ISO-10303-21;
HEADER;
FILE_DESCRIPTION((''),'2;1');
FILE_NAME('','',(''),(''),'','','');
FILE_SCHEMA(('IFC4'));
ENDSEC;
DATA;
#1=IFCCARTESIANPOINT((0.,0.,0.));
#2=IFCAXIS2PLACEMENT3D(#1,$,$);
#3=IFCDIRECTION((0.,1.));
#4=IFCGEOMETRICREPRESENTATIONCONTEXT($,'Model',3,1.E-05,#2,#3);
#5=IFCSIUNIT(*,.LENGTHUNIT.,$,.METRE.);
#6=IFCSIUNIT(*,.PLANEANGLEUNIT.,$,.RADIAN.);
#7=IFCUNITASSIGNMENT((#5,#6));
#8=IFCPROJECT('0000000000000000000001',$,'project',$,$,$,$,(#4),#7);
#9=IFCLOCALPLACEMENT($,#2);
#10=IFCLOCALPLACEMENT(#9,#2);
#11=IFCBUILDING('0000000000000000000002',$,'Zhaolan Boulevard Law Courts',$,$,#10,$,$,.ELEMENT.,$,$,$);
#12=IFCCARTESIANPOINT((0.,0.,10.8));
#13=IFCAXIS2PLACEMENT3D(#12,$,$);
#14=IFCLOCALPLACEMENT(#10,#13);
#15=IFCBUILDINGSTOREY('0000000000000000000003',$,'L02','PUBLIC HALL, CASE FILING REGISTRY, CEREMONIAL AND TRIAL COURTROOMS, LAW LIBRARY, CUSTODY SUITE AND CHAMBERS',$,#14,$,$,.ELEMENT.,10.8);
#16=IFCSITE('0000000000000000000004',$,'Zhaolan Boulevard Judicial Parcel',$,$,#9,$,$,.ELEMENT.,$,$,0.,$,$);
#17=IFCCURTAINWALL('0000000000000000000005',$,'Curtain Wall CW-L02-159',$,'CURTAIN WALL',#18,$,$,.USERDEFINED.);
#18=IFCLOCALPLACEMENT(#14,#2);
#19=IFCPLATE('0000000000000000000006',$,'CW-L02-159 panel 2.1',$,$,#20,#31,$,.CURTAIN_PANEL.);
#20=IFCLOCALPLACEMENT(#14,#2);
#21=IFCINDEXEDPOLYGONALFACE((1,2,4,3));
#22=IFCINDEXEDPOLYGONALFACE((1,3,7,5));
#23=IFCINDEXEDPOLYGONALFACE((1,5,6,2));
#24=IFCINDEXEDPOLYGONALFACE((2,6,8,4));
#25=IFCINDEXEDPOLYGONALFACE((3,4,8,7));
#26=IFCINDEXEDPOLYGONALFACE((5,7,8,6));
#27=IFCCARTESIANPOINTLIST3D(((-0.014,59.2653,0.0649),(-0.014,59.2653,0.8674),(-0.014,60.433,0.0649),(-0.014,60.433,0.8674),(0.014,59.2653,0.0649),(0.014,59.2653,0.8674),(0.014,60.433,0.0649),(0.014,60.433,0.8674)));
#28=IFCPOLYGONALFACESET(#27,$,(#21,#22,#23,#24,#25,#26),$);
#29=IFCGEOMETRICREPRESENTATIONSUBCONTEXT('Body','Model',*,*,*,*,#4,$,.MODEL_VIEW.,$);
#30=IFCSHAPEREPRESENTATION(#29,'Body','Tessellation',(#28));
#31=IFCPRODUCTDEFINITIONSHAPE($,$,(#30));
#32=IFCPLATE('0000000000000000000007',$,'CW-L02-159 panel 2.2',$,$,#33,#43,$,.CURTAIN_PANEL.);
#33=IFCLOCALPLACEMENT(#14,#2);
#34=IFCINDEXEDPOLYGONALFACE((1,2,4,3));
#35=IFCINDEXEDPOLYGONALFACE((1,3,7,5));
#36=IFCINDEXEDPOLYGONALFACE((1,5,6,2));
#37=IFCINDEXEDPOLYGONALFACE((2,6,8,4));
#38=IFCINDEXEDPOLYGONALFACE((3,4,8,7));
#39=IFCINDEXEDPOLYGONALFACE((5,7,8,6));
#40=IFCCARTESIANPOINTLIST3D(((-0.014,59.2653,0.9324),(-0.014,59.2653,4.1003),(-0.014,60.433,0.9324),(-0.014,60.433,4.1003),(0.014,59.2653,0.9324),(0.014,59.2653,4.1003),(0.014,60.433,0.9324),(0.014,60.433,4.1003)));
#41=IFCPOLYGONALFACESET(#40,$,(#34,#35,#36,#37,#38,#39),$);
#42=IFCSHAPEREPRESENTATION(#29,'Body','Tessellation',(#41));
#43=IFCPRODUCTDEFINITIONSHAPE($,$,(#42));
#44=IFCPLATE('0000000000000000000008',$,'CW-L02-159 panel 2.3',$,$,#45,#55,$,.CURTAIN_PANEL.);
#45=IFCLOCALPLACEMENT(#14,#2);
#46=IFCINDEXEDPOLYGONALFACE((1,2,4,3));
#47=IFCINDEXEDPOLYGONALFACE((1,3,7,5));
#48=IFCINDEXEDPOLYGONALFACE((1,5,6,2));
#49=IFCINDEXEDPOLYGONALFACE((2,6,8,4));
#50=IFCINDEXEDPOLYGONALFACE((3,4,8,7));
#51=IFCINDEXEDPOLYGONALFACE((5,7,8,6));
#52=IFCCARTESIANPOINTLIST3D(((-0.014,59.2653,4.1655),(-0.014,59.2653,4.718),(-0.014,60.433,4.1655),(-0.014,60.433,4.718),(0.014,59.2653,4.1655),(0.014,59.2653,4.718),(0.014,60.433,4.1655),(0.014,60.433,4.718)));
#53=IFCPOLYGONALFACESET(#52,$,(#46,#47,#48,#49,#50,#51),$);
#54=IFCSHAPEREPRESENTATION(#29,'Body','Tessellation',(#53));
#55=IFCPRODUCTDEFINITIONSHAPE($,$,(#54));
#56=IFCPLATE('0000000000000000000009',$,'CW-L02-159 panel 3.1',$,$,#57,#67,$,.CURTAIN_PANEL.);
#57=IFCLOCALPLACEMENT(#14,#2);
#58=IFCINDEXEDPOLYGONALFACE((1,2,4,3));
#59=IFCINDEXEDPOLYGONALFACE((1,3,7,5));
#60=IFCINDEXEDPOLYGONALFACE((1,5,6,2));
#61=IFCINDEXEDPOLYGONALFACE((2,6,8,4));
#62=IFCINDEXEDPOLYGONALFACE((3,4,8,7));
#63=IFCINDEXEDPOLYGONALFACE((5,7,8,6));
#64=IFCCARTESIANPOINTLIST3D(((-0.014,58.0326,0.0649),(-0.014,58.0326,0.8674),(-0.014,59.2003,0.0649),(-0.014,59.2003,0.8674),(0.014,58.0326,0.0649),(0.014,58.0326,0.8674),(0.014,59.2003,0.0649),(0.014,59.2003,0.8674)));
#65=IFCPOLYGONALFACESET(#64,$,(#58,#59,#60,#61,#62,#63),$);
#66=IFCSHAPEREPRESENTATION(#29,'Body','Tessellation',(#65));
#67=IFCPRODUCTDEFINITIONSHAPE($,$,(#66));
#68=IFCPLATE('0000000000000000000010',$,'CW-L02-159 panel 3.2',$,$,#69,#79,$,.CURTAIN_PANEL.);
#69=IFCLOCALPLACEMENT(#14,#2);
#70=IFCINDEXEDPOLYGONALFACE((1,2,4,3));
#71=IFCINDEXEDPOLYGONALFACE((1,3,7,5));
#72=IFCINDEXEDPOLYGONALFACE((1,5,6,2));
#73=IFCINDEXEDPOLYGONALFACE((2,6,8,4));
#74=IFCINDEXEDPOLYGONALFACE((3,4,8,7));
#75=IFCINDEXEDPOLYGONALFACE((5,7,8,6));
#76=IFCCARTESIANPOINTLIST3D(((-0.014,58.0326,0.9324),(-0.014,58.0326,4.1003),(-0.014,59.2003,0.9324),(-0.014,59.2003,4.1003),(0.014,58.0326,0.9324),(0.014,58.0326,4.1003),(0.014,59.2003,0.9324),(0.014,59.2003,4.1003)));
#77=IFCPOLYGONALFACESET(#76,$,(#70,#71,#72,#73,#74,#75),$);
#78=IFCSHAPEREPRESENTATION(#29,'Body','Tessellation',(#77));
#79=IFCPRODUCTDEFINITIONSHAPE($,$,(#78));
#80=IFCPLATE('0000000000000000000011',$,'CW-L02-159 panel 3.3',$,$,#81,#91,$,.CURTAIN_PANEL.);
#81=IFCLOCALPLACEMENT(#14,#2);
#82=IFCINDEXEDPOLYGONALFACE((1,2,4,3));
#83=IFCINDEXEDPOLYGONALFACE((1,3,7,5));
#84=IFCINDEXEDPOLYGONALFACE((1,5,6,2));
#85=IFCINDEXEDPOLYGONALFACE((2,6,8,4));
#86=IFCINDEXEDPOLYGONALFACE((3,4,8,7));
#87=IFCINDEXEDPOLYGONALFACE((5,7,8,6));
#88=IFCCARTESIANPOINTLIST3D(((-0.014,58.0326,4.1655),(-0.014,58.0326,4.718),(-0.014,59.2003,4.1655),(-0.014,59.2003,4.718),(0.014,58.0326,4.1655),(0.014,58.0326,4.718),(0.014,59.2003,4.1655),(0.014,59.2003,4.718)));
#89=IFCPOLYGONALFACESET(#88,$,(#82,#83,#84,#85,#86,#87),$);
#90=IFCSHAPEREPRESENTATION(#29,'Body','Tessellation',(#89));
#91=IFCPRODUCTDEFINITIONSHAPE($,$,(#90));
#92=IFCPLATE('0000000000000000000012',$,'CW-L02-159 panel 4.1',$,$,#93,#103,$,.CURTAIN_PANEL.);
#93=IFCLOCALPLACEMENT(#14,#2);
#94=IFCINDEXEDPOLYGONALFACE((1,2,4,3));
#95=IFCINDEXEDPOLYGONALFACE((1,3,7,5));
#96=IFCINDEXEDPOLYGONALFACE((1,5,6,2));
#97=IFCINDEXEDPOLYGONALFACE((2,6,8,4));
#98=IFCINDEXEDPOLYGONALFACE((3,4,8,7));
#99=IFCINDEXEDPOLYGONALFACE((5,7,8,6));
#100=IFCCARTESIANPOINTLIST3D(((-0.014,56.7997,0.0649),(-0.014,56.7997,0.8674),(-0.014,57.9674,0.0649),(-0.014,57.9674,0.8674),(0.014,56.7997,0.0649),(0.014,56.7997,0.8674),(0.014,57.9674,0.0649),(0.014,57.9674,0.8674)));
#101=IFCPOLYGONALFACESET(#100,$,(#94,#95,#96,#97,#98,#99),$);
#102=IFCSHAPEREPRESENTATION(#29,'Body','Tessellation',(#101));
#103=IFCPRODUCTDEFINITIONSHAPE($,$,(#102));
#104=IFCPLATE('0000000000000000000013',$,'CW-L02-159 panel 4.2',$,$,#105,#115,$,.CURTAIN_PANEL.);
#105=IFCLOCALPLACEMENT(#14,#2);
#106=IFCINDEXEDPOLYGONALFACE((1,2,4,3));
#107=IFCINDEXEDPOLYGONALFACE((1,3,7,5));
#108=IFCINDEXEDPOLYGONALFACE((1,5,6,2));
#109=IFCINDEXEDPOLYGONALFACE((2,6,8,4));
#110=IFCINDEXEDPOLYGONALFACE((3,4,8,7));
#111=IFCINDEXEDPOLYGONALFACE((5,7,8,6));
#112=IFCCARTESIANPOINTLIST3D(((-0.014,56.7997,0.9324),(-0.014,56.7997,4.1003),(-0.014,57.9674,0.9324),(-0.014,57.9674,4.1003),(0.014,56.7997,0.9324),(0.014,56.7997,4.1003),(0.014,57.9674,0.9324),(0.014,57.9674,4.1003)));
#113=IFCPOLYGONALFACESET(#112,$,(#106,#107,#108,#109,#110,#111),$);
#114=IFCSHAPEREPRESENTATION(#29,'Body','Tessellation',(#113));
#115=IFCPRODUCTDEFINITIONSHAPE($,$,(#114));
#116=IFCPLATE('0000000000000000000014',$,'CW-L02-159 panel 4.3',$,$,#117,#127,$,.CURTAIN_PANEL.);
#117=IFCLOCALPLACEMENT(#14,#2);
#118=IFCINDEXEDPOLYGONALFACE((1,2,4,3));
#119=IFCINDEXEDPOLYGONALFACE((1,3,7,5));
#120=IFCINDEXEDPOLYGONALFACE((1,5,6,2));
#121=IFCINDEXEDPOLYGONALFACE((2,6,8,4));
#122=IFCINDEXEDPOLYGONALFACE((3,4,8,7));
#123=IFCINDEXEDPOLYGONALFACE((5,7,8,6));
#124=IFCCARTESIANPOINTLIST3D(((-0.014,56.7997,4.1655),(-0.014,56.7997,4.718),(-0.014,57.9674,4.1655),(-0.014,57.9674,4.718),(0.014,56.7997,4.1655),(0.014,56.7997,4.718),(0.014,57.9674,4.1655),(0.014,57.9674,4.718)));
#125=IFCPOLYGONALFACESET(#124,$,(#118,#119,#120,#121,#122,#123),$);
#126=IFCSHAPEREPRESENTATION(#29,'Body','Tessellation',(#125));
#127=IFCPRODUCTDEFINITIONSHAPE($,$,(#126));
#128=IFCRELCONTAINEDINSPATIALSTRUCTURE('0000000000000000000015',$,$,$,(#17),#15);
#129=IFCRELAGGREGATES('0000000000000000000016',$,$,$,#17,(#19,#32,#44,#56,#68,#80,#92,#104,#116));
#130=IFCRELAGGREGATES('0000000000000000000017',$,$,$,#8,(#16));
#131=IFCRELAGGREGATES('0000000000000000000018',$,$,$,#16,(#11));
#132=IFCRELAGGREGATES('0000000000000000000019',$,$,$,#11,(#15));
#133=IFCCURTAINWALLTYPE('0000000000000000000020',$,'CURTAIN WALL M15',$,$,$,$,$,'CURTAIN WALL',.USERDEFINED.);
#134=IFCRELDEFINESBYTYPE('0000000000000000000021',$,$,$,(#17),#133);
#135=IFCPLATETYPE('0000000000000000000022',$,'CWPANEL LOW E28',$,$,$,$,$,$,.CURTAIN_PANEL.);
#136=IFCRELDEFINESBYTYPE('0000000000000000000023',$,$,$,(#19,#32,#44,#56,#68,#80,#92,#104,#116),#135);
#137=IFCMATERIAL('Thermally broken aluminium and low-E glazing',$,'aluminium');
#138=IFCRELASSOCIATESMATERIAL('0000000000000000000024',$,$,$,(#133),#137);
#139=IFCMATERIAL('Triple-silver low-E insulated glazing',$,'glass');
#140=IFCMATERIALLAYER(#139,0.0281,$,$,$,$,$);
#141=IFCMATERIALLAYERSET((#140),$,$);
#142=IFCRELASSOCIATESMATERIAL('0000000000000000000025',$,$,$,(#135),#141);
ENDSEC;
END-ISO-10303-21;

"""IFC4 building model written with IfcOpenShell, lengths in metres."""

from ifc_helpers import new_model, si_unit, direction, frame, origin, origin_2d, place, context, subcontext, project, spatial, rectangle, extrude, material, layer, layer_set, type_object, element, aggregate, save


model = new_model("IFC4")

# Units and contexts
model_context = context("Model", 3, precision=1e-05, world=origin(), true_north=direction((0.0, 1.0)))
body_context = subcontext(model_context, "Body", "Model", "MODEL_VIEW")
ifc_project = project(units=[si_unit("LENGTHUNIT", "METRE"), si_unit("PLANEANGLEUNIT", "RADIAN")], contexts=[model_context])

# Site, building, storey
site_placement = place(None, origin())
site = spatial("IfcSite", under=ifc_project, at=site_placement, Name="Zhaolan Boulevard Judicial Parcel", CompositionType="ELEMENT", RefElevation=0.0)
building_placement = place(site_placement, origin())
building = spatial("IfcBuilding", under=site, at=building_placement, Name="Zhaolan Boulevard Law Courts", CompositionType="ELEMENT")
storey_placement = place(building_placement, frame((0.0, 0.0, 10.8)))
storey = spatial("IfcBuildingStorey", under=building, at=storey_placement, Name="L02", Description="PUBLIC HALL, CASE FILING REGISTRY, CEREMONIAL AND TRIAL COURTROOMS, LAW LIBRARY, CUSTODY SUITE AND CHAMBERS", CompositionType="ELEMENT", Elevation=10.8)

# Curtain wall, plates
ifc_material_1 = material(Name="Thermally broken aluminium and low-E glazing", Category="aluminium")
curtain_wall_type = type_object("IfcCurtainWallType", Name="CURTAIN WALL M15", ElementType="CURTAIN WALL", PredefinedType="USERDEFINED", material=ifc_material_1)
curtain_wall_placement = place(storey_placement, origin())
curtain_wall = element("IfcCurtainWall", 1, at=curtain_wall_placement, inside=storey, type_object=curtain_wall_type, Name="Curtain Wall CW-L02-159", ObjectType="CURTAIN WALL", PredefinedType="USERDEFINED")
ifc_material_2 = material(Name="Triple-silver low-E insulated glazing", Category="glass")
ifc_layer = layer(ifc_material_2, 0.0281)
ifc_layer_set = layer_set([ifc_layer])
plate_type = type_object("IfcPlateType", Name="CWPANEL LOW E28", PredefinedType="CURTAIN_PANEL", material=ifc_layer_set)
plate_1_placement = place(storey_placement, frame((0.0, 59.8491, 0.0649), z_axis=(0.0, 0.0, 1.0), x_axis=(0.0, -1.0, 0.0)))
plate_1 = element("IfcPlate", 2, at=plate_1_placement, type_object=plate_type, Name="CW-L02-159 panel 2.1", PredefinedType="CURTAIN_PANEL", context=body_context, shape_type="SweptSolid", body=[
    extrude(rectangle(XDim=1.1677, YDim=0.0281, at=origin_2d()), origin(), (0.0, 0.0, 1.0), 0.8025),
])
plate_2_placement = place(storey_placement, frame((0.0, 59.8491, 0.9324), z_axis=(0.0, 0.0, 1.0), x_axis=(0.0, -1.0, 0.0)))
plate_2 = element("IfcPlate", 3, at=plate_2_placement, type_object=plate_type, Name="CW-L02-159 panel 2.2", PredefinedType="CURTAIN_PANEL", context=body_context, shape_type="SweptSolid", body=[
    extrude(rectangle(XDim=1.1677, YDim=0.0281, at=origin_2d()), origin(), (0.0, 0.0, 1.0), 3.168),
])
plate_3_placement = place(storey_placement, frame((0.0, 59.8491, 4.1655), z_axis=(0.0, 0.0, 1.0), x_axis=(0.0, -1.0, 0.0)))
plate_3 = element("IfcPlate", 4, at=plate_3_placement, type_object=plate_type, Name="CW-L02-159 panel 2.3", PredefinedType="CURTAIN_PANEL", context=body_context, shape_type="SweptSolid", body=[
    extrude(rectangle(XDim=1.1677, YDim=0.0281, at=origin_2d()), origin(), (0.0, 0.0, 1.0), 0.5525),
])
plate_4_placement = place(storey_placement, frame((0.0, 58.6165, 0.0649), z_axis=(0.0, 0.0, 1.0), x_axis=(0.0, -1.0, 0.0)))
plate_4 = element("IfcPlate", 5, at=plate_4_placement, type_object=plate_type, Name="CW-L02-159 panel 3.1", PredefinedType="CURTAIN_PANEL", context=body_context, shape_type="SweptSolid", body=[
    extrude(rectangle(XDim=1.1677, YDim=0.0281, at=origin_2d()), origin(), (0.0, 0.0, 1.0), 0.8025),
])
plate_5_placement = place(storey_placement, frame((0.0, 58.6165, 0.9324), z_axis=(0.0, 0.0, 1.0), x_axis=(0.0, -1.0, 0.0)))
plate_5 = element("IfcPlate", 6, at=plate_5_placement, type_object=plate_type, Name="CW-L02-159 panel 3.2", PredefinedType="CURTAIN_PANEL", context=body_context, shape_type="SweptSolid", body=[
    extrude(rectangle(XDim=1.1677, YDim=0.0281, at=origin_2d()), origin(), (0.0, 0.0, 1.0), 3.168),
])
plate_6_placement = place(storey_placement, frame((0.0, 58.6165, 4.1655), z_axis=(0.0, 0.0, 1.0), x_axis=(0.0, -1.0, 0.0)))
plate_6 = element("IfcPlate", 7, at=plate_6_placement, type_object=plate_type, Name="CW-L02-159 panel 3.3", PredefinedType="CURTAIN_PANEL", context=body_context, shape_type="SweptSolid", body=[
    extrude(rectangle(XDim=1.1677, YDim=0.0281, at=origin_2d()), origin(), (0.0, 0.0, 1.0), 0.5525),
])
plate_7_placement = place(storey_placement, frame((0.0, 57.3835, 0.0649), z_axis=(0.0, 0.0, 1.0), x_axis=(0.0, -1.0, 0.0)))
plate_7 = element("IfcPlate", 8, at=plate_7_placement, type_object=plate_type, Name="CW-L02-159 panel 4.1", PredefinedType="CURTAIN_PANEL", context=body_context, shape_type="SweptSolid", body=[
    extrude(rectangle(XDim=1.1677, YDim=0.0281, at=origin_2d()), origin(), (0.0, 0.0, 1.0), 0.8025),
])
plate_8_placement = place(storey_placement, frame((0.0, 57.3835, 0.9324), z_axis=(0.0, 0.0, 1.0), x_axis=(0.0, -1.0, 0.0)))
plate_8 = element("IfcPlate", 9, at=plate_8_placement, type_object=plate_type, Name="CW-L02-159 panel 4.2", PredefinedType="CURTAIN_PANEL", context=body_context, shape_type="SweptSolid", body=[
    extrude(rectangle(XDim=1.1677, YDim=0.0281, at=origin_2d()), origin(), (0.0, 0.0, 1.0), 3.168),
])
plate_9_placement = place(storey_placement, frame((0.0, 57.3835, 4.1655), z_axis=(0.0, 0.0, 1.0), x_axis=(0.0, -1.0, 0.0)))
plate_9 = element("IfcPlate", 10, at=plate_9_placement, type_object=plate_type, Name="CW-L02-159 panel 4.3", PredefinedType="CURTAIN_PANEL", context=body_context, shape_type="SweptSolid", body=[
    extrude(rectangle(XDim=1.1677, YDim=0.0281, at=origin_2d()), origin(), (0.0, 0.0, 1.0), 0.5525),
])
aggregate(curtain_wall, [plate_1, plate_2, plate_3, plate_4, plate_5, plate_6, plate_7, plate_8, plate_9])

save(model, "model.ifc")
